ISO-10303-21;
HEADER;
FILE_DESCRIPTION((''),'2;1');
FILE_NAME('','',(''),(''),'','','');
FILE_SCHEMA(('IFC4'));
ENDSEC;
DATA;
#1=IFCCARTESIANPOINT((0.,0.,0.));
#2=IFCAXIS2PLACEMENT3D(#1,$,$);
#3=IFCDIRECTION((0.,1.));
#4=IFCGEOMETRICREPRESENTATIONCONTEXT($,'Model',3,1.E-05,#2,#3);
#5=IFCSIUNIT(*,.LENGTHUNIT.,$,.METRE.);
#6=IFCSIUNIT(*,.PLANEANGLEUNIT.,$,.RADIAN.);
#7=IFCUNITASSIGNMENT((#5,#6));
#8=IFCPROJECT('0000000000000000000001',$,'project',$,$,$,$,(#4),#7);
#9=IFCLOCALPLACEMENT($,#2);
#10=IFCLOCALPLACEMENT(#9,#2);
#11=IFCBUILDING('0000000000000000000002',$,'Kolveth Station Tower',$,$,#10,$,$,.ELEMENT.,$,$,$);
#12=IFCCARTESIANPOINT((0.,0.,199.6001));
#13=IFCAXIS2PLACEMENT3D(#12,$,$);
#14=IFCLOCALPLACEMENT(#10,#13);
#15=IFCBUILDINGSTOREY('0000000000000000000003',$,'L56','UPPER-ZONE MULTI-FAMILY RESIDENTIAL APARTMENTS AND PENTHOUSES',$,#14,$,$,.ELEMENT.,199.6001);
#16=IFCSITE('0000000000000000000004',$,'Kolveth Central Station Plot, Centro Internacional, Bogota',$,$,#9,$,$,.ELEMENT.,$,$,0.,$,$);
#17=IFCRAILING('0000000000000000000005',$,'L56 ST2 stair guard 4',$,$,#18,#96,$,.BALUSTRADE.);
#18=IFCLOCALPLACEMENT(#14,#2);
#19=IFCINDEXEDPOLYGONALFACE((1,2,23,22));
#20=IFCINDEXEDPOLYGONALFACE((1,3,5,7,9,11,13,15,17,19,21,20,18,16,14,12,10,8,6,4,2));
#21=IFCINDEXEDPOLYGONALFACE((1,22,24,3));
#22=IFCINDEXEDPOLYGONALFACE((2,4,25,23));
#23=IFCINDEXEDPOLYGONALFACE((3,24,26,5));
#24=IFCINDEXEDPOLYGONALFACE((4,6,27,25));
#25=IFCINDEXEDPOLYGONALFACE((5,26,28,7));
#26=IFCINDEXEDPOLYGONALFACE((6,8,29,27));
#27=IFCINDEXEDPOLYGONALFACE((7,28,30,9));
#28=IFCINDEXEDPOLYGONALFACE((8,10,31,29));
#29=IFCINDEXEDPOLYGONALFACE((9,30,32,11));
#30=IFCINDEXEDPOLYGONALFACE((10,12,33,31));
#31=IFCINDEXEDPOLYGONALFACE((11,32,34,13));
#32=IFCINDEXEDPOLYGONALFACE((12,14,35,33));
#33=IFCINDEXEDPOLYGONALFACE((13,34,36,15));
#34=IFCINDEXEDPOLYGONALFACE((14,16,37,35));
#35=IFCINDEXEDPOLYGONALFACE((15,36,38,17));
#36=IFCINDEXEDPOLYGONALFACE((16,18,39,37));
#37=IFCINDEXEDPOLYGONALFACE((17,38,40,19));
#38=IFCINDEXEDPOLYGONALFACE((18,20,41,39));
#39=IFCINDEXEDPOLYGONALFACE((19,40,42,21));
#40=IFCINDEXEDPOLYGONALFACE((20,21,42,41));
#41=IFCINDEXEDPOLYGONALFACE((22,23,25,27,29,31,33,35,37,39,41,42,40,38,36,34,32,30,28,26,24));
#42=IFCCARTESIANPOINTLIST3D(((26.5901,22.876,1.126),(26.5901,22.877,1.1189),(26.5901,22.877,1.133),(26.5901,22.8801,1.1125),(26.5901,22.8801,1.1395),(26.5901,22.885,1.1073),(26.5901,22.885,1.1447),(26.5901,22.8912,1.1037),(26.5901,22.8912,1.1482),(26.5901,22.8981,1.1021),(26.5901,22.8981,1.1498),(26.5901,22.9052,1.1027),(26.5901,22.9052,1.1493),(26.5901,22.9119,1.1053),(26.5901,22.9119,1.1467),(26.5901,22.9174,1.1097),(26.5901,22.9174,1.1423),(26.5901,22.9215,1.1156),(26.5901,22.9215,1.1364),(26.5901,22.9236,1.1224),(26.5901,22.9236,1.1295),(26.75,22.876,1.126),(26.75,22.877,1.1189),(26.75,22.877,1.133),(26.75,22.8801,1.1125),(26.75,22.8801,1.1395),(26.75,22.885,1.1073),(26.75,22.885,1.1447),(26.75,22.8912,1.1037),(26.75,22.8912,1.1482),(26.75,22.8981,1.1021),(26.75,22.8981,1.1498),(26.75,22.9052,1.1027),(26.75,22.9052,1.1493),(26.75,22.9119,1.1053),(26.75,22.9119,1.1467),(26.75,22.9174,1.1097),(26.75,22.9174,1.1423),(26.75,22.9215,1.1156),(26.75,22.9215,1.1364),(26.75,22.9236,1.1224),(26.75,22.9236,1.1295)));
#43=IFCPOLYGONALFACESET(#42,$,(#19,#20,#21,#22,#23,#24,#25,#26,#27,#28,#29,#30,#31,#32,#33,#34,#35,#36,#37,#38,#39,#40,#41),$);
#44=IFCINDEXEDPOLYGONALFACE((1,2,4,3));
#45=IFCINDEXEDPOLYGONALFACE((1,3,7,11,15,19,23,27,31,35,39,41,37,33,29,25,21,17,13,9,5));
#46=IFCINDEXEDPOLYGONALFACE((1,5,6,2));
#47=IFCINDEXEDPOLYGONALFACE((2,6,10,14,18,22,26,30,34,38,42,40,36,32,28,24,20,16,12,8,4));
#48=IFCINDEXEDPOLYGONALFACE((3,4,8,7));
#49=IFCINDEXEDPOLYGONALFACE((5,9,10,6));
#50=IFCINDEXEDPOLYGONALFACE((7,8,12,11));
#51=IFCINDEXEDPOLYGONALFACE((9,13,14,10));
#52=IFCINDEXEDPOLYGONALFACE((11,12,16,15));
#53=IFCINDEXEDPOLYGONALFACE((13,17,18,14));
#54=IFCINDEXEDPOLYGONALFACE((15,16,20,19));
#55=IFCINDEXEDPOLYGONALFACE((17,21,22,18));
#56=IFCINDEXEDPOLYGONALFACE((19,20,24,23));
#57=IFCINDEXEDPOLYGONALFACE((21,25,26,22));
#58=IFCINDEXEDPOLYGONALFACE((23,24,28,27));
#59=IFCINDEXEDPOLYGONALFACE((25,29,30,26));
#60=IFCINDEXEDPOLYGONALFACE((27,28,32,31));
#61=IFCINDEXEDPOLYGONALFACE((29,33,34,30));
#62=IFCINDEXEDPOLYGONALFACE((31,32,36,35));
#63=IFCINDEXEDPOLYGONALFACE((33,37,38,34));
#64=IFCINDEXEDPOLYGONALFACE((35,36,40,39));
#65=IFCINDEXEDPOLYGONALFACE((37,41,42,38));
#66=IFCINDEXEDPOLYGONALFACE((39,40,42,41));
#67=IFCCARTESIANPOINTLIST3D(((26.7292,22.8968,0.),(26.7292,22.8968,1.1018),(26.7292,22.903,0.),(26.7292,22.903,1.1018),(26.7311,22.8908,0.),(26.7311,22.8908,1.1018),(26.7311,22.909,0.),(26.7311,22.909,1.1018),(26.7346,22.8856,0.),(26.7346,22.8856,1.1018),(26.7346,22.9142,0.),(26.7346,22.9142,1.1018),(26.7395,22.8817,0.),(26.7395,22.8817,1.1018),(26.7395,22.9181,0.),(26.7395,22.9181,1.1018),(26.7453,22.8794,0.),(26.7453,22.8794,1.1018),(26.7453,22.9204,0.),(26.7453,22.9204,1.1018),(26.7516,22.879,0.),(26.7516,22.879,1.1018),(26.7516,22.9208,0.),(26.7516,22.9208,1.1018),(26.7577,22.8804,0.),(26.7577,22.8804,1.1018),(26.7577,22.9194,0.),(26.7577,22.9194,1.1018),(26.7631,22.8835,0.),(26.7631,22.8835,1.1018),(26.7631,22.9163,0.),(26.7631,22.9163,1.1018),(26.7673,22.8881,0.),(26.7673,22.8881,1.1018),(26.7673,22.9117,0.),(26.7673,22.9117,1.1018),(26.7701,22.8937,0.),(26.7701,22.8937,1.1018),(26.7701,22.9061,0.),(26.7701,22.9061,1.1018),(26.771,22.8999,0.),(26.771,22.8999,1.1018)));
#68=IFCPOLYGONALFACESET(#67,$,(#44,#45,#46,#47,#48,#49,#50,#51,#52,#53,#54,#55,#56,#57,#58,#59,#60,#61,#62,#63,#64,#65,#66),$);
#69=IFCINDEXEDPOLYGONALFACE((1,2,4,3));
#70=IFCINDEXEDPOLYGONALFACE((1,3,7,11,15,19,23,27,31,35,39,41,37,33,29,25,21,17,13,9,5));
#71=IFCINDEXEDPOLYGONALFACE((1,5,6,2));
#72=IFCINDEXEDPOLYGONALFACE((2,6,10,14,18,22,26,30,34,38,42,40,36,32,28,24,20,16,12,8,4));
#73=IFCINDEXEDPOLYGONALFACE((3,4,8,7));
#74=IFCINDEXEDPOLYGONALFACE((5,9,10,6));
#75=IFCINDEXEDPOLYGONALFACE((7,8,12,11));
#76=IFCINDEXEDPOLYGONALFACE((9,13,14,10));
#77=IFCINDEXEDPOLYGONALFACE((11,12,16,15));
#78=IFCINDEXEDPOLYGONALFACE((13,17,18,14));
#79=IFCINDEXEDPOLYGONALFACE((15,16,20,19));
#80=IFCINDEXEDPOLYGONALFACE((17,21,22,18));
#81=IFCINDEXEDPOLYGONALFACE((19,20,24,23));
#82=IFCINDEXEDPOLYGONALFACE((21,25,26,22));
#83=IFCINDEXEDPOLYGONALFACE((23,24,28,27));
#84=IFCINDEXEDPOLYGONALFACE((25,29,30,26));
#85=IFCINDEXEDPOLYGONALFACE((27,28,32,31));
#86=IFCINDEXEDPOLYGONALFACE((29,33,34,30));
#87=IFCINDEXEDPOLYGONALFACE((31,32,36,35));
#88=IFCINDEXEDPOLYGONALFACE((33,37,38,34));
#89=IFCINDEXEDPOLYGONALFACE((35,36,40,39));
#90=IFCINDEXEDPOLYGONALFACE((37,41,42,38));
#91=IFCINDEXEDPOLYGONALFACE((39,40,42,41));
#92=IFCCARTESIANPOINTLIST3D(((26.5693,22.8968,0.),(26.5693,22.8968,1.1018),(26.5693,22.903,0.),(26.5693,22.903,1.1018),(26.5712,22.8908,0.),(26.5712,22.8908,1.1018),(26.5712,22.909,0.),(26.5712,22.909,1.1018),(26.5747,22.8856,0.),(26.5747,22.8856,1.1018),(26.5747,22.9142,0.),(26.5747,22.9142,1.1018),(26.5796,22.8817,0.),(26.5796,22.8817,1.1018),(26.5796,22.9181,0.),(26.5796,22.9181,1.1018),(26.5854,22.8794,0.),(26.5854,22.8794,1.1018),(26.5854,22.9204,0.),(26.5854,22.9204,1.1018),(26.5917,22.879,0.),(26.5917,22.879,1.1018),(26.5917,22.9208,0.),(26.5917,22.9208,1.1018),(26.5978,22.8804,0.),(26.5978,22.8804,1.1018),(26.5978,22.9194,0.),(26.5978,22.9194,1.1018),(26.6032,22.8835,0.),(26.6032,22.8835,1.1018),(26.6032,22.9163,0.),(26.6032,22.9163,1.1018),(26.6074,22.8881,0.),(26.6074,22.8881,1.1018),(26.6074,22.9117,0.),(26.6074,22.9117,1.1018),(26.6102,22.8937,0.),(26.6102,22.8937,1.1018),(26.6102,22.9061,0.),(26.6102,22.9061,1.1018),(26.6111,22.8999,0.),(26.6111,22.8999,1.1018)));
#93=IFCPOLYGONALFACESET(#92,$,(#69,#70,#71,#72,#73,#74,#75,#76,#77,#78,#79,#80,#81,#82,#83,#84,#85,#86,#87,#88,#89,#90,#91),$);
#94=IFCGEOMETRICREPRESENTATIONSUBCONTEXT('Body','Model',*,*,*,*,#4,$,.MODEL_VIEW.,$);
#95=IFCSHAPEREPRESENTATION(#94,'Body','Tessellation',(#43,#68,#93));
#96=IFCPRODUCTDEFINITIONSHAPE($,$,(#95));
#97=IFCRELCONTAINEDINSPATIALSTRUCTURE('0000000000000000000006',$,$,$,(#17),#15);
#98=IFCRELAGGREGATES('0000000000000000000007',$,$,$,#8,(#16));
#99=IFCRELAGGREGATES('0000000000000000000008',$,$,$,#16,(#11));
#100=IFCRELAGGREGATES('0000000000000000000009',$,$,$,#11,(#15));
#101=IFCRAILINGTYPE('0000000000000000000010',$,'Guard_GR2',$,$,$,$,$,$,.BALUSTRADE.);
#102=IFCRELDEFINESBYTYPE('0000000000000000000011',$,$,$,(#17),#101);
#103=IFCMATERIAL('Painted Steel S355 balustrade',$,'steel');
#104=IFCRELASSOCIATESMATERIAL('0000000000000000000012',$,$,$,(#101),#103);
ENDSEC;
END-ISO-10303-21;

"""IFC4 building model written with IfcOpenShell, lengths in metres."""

from ifc_helpers import new_model, si_unit, direction, frame, origin, origin_2d, place, context, subcontext, project, spatial, circle, extrude, material, type_object, element, save


model = new_model("IFC4")

# Units and contexts
model_context = context("Model", 3, precision=1e-05, world=origin(), true_north=direction((0.0, 1.0)))
body_context = subcontext(model_context, "Body", "Model", "MODEL_VIEW")
ifc_project = project(units=[si_unit("LENGTHUNIT", "METRE"), si_unit("PLANEANGLEUNIT", "RADIAN")], contexts=[model_context])

# Site, building, storey
site_placement = place(None, origin())
site = spatial("IfcSite", under=ifc_project, at=site_placement, Name="Kolveth Central Station Plot, Centro Internacional, Bogota", CompositionType="ELEMENT", RefElevation=0.0)
building_placement = place(site_placement, origin())
building = spatial("IfcBuilding", under=site, at=building_placement, Name="Kolveth Station Tower", CompositionType="ELEMENT")
storey_placement = place(building_placement, frame((0.0, 0.0, 199.6001)))
storey = spatial("IfcBuildingStorey", under=building, at=storey_placement, Name="L56", Description="UPPER-ZONE MULTI-FAMILY RESIDENTIAL APARTMENTS AND PENTHOUSES", CompositionType="ELEMENT", Elevation=199.6001)

# Railing
ifc_material_1 = material(Name="Painted Steel S355 balustrade", Category="steel")
railing_type_1 = type_object("IfcRailingType", Name="Guard_GR2", PredefinedType="BALUSTRADE", material=ifc_material_1)
railing_placement = place(storey_placement, frame((26.75, 22.8999, 0.0)))
element("IfcRailing", 1, at=railing_placement, inside=storey, type_object=railing_type_1, Name="L56 ST2 stair guard 4", PredefinedType="BALUSTRADE", context=body_context, shape_type="SweptSolid", body=[
    extrude(circle(Radius=0.0239, at=origin_2d()), frame((0.0, 0.0, 1.126), z_axis=(-1.0, 0.0, 0.0), x_axis=(0.0, -1.0, 0.0)), (0.0, 0.0, 1.0), 0.1599),
    extrude(circle(Radius=0.021, at=origin_2d()), origin(), (0.0, 0.0, 1.0), 1.1018),
    extrude(circle(Radius=0.021, at=origin_2d()), frame((-0.1599, 0.0, 0.0)), (0.0, 0.0, 1.0), 1.1018),
])

save(model, "model.ifc")
